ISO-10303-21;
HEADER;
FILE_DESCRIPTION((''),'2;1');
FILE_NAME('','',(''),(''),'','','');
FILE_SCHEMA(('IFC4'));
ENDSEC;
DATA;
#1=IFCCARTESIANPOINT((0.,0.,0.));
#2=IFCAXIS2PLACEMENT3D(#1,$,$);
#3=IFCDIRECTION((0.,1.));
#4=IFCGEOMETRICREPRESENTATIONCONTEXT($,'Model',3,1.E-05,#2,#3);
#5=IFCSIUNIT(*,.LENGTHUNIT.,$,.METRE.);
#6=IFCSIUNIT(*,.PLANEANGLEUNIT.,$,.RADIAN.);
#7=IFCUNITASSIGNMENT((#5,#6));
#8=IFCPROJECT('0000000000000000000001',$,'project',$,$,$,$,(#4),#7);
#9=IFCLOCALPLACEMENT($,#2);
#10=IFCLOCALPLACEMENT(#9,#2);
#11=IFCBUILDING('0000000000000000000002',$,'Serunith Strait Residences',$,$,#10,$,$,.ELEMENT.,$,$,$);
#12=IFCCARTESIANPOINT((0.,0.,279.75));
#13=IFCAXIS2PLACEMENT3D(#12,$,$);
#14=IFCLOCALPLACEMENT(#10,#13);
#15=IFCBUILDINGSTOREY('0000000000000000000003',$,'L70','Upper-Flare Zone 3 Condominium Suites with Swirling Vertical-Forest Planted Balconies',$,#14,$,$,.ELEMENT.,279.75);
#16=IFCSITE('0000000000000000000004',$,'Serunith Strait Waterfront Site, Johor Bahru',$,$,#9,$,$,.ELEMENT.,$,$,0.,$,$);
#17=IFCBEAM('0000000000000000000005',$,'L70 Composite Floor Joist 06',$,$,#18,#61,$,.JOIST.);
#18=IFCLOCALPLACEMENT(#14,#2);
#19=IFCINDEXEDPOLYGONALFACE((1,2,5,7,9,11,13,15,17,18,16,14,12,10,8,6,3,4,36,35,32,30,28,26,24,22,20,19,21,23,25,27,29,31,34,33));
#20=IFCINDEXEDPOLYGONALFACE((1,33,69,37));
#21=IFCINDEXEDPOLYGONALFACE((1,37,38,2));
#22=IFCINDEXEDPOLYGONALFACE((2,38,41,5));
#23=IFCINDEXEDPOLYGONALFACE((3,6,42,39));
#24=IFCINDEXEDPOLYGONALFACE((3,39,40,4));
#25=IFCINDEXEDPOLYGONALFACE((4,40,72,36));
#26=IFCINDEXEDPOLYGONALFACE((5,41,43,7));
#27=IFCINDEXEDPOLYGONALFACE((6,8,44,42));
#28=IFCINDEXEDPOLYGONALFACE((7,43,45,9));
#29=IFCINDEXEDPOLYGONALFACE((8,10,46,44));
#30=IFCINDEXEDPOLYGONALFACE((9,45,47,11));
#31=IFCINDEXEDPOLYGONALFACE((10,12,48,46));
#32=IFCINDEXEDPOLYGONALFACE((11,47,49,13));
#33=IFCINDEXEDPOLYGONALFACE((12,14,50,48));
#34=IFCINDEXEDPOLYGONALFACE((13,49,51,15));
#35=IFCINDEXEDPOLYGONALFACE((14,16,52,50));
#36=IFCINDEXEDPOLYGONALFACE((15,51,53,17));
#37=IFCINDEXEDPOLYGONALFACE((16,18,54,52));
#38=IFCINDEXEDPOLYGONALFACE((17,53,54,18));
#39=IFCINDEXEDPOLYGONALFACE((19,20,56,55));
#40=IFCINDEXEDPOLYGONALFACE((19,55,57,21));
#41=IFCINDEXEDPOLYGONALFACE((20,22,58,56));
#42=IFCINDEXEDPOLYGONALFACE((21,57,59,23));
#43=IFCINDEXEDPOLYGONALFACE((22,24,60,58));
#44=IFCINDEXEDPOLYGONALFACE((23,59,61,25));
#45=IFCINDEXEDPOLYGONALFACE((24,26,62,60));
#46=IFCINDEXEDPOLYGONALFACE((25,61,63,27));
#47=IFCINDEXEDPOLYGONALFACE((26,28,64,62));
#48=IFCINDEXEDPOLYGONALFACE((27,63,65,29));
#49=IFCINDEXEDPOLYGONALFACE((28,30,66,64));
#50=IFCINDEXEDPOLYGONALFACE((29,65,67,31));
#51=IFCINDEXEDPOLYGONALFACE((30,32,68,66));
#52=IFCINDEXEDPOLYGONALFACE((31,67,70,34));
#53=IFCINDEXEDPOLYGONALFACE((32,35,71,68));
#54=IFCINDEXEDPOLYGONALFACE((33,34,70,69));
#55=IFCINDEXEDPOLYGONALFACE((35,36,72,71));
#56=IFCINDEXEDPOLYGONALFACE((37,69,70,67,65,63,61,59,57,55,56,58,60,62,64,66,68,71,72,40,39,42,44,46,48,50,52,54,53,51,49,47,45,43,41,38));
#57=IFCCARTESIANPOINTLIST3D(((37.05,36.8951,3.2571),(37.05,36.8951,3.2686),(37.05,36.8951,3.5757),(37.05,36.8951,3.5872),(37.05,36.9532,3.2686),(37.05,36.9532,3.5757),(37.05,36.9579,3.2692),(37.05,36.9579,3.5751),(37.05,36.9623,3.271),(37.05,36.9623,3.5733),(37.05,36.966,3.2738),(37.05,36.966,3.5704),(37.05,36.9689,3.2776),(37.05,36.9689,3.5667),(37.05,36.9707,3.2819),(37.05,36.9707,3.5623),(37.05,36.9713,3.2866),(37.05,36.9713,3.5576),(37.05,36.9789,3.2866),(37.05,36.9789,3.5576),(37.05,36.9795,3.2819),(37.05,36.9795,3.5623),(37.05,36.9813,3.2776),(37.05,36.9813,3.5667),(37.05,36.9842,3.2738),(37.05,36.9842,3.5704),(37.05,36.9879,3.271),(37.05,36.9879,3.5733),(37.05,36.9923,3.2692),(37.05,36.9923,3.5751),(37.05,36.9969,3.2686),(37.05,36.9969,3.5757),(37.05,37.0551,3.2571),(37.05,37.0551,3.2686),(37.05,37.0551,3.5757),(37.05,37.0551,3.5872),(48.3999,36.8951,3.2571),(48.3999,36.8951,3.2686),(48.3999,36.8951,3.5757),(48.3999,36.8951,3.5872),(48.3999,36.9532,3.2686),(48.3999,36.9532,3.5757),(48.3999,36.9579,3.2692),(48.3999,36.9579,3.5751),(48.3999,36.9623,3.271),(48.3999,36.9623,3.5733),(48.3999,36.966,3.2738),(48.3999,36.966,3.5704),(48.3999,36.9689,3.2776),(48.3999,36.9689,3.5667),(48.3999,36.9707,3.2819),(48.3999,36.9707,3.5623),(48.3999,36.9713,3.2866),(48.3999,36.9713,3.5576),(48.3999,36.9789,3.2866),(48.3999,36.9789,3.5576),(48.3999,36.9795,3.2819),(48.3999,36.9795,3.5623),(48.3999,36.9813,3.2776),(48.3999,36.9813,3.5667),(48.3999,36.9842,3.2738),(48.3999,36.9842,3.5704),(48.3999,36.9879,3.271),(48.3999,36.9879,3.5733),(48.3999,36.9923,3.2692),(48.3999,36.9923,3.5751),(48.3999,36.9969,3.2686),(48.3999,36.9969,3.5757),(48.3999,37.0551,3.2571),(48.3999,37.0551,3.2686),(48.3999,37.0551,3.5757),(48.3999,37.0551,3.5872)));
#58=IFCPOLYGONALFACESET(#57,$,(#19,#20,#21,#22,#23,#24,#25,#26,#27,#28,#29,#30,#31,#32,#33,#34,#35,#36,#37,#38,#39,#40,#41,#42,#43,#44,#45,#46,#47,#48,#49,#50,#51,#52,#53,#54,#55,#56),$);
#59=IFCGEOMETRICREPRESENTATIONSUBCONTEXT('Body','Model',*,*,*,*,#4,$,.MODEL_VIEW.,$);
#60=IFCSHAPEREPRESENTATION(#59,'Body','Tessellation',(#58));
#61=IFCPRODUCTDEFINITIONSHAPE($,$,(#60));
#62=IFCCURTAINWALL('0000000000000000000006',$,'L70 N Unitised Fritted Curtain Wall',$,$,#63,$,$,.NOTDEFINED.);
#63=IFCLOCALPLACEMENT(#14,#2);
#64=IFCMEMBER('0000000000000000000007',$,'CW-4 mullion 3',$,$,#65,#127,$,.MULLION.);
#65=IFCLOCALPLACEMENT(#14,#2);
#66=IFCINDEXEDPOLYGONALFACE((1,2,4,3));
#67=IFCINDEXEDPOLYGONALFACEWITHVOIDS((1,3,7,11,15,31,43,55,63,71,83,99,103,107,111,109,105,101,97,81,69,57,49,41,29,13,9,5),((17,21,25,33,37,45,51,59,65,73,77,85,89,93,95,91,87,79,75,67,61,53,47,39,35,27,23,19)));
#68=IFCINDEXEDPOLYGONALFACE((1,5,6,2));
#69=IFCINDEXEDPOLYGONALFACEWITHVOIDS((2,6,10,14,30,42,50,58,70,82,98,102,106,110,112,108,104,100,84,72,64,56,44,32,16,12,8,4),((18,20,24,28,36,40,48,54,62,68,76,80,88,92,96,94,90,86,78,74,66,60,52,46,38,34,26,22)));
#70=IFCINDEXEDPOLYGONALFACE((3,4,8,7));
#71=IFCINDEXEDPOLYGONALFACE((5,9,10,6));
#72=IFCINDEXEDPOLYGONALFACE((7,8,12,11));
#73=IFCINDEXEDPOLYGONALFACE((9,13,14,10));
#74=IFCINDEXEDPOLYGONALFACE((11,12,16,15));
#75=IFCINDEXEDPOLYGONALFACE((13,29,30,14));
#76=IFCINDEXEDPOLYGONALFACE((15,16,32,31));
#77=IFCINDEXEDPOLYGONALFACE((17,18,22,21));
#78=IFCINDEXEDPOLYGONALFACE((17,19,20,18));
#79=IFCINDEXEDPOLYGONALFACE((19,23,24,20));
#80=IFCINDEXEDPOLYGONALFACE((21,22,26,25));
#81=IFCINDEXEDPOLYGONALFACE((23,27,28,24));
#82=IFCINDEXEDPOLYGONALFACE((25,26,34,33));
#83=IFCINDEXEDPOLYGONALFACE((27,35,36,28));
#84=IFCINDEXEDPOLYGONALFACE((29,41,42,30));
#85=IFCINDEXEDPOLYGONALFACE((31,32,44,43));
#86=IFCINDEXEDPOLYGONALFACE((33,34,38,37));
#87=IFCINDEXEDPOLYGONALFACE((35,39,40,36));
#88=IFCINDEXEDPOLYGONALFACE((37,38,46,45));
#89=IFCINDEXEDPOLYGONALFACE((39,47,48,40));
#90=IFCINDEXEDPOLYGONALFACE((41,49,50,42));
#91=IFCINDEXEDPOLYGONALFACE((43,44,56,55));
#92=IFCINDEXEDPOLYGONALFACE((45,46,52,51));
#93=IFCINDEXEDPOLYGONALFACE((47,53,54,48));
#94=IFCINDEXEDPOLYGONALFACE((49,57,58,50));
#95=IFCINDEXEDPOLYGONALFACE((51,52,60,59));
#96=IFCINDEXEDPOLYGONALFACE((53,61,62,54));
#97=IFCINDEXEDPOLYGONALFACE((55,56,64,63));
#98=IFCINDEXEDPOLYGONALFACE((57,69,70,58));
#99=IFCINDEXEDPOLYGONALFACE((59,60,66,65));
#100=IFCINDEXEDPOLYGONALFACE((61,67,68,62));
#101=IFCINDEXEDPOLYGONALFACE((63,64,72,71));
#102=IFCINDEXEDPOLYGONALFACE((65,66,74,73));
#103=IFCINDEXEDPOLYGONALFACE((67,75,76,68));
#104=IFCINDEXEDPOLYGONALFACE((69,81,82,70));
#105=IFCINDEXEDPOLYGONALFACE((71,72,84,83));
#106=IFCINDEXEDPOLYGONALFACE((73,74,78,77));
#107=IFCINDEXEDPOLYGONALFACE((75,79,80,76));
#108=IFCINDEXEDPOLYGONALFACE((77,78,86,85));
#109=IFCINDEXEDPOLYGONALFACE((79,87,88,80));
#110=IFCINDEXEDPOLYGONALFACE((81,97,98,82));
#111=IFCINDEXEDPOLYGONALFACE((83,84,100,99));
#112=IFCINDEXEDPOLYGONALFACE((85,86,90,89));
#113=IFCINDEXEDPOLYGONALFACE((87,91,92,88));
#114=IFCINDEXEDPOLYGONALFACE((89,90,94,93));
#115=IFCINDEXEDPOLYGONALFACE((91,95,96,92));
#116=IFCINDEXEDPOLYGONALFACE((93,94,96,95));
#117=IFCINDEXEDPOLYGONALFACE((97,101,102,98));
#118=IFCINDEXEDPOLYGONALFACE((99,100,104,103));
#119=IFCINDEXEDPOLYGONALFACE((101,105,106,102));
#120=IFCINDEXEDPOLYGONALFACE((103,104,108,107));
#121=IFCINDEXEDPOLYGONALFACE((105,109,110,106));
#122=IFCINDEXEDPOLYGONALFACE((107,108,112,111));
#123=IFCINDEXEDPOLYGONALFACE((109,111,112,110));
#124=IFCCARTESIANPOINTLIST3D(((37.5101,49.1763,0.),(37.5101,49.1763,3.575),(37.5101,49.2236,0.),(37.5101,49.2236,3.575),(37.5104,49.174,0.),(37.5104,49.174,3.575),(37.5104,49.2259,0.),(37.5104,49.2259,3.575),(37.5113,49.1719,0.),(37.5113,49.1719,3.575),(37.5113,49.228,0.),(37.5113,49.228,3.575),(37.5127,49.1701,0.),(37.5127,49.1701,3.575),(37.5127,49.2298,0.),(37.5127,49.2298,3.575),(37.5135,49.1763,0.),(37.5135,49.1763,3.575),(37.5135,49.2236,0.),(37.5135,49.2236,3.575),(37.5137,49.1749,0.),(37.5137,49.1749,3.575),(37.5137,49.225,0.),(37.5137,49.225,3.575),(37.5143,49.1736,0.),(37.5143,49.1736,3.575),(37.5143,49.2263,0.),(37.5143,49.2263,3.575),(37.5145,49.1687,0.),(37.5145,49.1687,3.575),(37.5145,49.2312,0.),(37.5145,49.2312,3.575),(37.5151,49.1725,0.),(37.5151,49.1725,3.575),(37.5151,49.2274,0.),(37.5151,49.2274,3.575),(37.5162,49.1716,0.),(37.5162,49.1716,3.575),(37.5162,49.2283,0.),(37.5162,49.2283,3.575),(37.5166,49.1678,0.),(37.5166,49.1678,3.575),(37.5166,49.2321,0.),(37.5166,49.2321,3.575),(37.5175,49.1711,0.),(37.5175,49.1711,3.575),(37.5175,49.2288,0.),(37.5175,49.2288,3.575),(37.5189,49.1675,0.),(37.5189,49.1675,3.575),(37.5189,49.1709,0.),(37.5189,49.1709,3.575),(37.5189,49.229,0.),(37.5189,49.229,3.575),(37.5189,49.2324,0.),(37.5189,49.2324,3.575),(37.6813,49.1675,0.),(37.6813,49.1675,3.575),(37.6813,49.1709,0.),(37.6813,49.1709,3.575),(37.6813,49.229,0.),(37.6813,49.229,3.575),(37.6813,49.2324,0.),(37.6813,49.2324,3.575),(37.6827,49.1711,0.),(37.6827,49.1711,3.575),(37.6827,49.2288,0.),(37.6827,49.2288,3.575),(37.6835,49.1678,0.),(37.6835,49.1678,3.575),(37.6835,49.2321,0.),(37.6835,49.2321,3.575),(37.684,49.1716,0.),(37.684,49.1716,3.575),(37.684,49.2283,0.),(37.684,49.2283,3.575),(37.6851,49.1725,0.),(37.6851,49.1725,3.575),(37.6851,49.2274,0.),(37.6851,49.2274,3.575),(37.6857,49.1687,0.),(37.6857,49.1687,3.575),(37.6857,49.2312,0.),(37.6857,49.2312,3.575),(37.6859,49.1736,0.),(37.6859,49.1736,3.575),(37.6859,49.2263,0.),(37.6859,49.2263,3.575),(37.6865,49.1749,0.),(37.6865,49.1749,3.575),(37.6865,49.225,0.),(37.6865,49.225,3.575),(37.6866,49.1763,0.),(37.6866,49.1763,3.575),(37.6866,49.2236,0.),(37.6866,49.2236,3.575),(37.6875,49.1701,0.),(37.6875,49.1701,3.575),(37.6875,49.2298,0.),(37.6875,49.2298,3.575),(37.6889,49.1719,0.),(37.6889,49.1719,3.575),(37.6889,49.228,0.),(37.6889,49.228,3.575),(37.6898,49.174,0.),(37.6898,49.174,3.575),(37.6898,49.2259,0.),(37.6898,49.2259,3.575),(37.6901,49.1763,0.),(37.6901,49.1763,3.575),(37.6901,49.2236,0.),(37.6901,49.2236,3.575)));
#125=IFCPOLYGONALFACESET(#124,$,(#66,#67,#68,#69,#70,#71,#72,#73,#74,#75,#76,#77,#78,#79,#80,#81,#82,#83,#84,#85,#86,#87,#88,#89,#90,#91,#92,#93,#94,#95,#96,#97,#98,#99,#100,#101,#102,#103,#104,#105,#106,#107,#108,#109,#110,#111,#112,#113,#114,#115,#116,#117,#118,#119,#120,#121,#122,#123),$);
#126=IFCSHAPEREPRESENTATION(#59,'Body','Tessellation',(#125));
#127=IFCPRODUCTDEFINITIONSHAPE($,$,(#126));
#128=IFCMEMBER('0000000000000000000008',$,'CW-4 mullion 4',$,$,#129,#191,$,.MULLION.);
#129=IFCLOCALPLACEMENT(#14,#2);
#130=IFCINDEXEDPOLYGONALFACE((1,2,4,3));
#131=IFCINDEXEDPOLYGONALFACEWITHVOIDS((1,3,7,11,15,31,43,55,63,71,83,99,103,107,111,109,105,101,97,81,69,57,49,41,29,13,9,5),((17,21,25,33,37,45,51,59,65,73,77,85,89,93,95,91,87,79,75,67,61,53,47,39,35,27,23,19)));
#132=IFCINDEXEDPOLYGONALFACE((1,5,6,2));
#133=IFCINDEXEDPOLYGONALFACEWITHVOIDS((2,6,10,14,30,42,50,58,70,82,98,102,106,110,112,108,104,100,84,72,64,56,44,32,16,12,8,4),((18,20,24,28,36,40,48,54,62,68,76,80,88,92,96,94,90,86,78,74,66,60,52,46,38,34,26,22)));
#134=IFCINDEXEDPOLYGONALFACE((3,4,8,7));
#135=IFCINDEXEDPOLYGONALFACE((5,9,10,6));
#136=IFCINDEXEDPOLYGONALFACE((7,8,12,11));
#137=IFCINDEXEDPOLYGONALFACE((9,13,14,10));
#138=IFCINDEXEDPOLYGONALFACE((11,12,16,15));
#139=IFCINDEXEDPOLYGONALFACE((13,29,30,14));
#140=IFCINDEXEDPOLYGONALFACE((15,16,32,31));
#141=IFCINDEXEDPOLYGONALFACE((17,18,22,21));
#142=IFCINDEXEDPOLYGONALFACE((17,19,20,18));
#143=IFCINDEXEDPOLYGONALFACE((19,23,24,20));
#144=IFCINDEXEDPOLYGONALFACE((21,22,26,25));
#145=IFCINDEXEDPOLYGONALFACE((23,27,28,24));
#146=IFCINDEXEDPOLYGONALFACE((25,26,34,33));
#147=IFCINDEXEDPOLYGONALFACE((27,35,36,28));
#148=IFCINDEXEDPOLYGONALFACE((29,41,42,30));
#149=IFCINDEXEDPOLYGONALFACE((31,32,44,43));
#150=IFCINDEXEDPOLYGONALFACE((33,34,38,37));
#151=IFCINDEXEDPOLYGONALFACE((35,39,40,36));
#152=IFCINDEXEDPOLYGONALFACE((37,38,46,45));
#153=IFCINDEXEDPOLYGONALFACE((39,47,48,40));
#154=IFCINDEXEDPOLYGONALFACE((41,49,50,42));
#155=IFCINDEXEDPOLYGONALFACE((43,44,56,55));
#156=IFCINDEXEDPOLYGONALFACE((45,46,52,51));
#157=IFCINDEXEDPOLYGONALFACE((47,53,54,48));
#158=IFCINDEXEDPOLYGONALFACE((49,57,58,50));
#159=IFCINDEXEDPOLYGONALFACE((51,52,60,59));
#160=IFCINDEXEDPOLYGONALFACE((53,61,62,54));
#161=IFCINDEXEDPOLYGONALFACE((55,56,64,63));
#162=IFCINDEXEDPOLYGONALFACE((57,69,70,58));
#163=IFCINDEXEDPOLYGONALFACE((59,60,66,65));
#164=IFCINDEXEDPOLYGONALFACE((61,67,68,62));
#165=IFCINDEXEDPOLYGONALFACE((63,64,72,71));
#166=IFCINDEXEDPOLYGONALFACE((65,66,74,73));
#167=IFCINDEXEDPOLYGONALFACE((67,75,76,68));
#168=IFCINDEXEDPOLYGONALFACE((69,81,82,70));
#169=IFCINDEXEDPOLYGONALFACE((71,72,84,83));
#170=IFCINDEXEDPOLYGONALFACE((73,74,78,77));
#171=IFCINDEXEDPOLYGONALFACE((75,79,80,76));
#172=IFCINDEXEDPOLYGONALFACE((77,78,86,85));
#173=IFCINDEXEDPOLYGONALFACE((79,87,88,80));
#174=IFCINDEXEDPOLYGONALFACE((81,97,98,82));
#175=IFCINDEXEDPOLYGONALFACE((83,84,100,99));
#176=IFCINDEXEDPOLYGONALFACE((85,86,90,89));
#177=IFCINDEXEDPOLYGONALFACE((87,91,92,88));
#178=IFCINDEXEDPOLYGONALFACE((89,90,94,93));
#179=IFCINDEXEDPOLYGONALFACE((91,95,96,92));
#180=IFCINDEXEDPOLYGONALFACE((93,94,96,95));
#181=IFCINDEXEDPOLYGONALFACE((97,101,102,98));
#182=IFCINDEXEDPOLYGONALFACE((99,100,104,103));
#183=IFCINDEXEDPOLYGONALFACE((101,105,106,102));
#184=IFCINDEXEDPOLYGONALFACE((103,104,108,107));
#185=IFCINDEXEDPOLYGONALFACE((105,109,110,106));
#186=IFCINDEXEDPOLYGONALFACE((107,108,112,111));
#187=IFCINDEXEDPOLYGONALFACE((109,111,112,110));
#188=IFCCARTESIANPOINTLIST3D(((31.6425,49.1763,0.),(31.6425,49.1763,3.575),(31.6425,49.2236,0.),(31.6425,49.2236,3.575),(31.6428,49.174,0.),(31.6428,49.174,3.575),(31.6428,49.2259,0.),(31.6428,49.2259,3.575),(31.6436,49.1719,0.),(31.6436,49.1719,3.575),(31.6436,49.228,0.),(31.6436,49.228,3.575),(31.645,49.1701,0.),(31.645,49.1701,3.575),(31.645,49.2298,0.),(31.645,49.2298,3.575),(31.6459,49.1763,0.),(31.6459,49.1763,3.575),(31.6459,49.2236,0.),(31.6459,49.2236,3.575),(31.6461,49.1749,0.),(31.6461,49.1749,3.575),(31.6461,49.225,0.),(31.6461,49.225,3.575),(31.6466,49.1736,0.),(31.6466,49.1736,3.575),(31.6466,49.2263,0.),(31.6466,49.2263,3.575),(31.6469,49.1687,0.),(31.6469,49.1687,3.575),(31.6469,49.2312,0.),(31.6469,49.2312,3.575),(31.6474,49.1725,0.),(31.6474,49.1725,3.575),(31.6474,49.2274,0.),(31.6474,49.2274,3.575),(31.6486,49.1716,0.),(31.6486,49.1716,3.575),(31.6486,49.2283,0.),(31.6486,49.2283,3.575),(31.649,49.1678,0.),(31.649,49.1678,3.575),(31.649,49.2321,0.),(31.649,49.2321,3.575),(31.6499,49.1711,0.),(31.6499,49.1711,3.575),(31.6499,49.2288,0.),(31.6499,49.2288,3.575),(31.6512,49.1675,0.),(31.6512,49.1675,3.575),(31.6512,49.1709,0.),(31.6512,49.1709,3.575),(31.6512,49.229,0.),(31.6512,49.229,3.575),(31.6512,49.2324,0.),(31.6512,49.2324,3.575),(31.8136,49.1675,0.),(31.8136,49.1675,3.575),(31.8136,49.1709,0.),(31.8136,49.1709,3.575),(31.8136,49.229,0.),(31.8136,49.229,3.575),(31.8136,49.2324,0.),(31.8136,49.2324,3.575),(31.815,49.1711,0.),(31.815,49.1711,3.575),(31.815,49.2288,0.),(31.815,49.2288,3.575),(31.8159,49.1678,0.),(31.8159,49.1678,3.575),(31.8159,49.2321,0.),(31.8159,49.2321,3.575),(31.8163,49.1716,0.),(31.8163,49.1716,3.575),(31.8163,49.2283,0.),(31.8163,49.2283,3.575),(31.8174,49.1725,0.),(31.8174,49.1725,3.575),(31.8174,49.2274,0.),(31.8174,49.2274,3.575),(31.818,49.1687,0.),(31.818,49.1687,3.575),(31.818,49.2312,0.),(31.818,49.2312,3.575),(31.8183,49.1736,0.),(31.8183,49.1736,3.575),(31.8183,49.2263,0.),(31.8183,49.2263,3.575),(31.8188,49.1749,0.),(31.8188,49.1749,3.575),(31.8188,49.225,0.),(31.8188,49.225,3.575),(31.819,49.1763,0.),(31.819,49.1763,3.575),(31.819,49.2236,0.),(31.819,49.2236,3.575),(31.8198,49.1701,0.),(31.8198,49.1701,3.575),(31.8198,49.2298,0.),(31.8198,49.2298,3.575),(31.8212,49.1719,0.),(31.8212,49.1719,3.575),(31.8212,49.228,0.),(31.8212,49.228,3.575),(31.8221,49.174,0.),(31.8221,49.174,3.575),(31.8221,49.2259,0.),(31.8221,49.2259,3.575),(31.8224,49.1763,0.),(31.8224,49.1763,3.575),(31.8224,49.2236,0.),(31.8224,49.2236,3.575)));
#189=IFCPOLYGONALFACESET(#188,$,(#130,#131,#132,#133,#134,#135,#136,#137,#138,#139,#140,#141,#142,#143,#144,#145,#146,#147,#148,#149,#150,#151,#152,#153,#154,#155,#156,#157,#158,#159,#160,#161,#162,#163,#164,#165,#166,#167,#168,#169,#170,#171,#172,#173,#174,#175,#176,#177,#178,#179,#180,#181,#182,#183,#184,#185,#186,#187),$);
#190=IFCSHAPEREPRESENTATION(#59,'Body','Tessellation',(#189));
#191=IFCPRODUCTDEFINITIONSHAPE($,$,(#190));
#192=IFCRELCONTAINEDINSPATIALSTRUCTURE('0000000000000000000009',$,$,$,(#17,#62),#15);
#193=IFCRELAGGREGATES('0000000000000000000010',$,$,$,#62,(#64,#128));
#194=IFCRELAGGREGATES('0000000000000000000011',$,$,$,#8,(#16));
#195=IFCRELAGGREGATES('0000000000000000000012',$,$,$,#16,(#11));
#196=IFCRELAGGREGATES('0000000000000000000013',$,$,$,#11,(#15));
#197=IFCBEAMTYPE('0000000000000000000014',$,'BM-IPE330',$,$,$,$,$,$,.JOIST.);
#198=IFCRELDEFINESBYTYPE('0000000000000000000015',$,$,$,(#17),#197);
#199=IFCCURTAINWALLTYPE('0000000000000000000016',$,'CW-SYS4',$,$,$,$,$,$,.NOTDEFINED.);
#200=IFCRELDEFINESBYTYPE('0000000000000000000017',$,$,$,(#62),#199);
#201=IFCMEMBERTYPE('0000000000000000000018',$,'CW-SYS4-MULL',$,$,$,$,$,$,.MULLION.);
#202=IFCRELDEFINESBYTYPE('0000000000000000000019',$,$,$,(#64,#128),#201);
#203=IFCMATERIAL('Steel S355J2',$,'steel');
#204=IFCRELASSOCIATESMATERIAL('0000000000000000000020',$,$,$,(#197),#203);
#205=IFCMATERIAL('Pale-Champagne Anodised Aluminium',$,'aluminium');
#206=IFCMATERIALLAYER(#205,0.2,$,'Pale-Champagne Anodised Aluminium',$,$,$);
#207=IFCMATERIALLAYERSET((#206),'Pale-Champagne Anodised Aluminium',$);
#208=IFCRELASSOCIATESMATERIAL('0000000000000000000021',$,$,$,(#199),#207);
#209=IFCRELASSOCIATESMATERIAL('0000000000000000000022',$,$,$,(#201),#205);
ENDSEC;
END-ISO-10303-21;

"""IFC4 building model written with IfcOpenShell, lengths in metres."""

from ifc_helpers import new_model, si_unit, direction, frame, origin, origin_2d, place, context, subcontext, project, spatial, hollow_rectangle, i_section, extrude, source, transform, mapped, material, layer, layer_set, material_profile, profile_set, type_object, element, aggregate, save


model = new_model("IFC4")

# Units and contexts
model_context = context("Model", 3, precision=1e-05, world=origin(), true_north=direction((0.0, 1.0)))
body_context = subcontext(model_context, "Body", "Model", "MODEL_VIEW")
ifc_project = project(units=[si_unit("LENGTHUNIT", "METRE"), si_unit("PLANEANGLEUNIT", "RADIAN")], contexts=[model_context])

# Site, building, storey
site_placement = place(None, origin())
site = spatial("IfcSite", under=ifc_project, at=site_placement, Name="Serunith Strait Waterfront Site, Johor Bahru", CompositionType="ELEMENT", RefElevation=0.0)
building_placement = place(site_placement, origin())
building = spatial("IfcBuilding", under=site, at=building_placement, Name="Serunith Strait Residences", CompositionType="ELEMENT")
storey_placement = place(building_placement, frame((0.0, 0.0, 279.75)))
storey = spatial("IfcBuildingStorey", under=building, at=storey_placement, Name="L70", Description="Upper-Flare Zone 3 Condominium Suites with Swirling Vertical-Forest Planted Balconies", CompositionType="ELEMENT", Elevation=279.75)

# Beam
ifc_material_1 = material(Name="Steel S355J2", Category="steel")
ifc_material_profile_1 = material_profile(ifc_material_1, i_section(OverallWidth=0.1599, OverallDepth=0.3301, WebThickness=0.0076, FlangeThickness=0.0115, FilletRadius=0.0181, at=origin_2d()), Name="IPE 330")
ifc_profile_set_1 = profile_set([ifc_material_profile_1], Name="Steel S355J2")
beam_type_1 = type_object("IfcBeamType", Name="BM-IPE330", PredefinedType="JOIST", material=ifc_profile_set_1)
shared_shape_1 = source(origin(), body_context, "Body", "SweptSolid", [
    extrude(i_section(OverallWidth=0.1599, OverallDepth=0.3301, WebThickness=0.0076, FlangeThickness=0.0115, FilletRadius=0.0181, at=origin_2d()), origin(), (0.0, 0.0, 1.0), 11.3499),
])
beam_1_placement = place(storey_placement, frame((37.05, 36.9751, 3.4221), z_axis=(1.0, 0.0, 0.0), x_axis=(0.0, 1.0, 0.0)))
element("IfcBeam", 1, at=beam_1_placement, inside=storey, type_object=beam_type_1, Name="L70 Composite Floor Joist 06", PredefinedType="JOIST", context=body_context, shape_type="MappedRepresentation", body=[
    mapped(shared_shape_1, transform((0.0, 0.0, 0.0), scale=1.0)),
])

# Curtain wall, members
ifc_material_2 = material(Name="Pale-Champagne Anodised Aluminium", Category="aluminium")
ifc_layer_1 = layer(ifc_material_2, 0.2, Name="Pale-Champagne Anodised Aluminium")
ifc_layer_set_1 = layer_set([ifc_layer_1], Name="Pale-Champagne Anodised Aluminium")
curtain_wall_type = type_object("IfcCurtainWallType", Name="CW-SYS4", PredefinedType="NOTDEFINED", material=ifc_layer_set_1)
curtain_wall_placement = place(storey_placement, origin())
curtain_wall = element("IfcCurtainWall", 2, at=curtain_wall_placement, inside=storey, type_object=curtain_wall_type, Name="L70 N Unitised Fritted Curtain Wall", PredefinedType="NOTDEFINED")
ifc_material_profile_2 = material_profile(ifc_material_2, hollow_rectangle(XDim=0.0649, YDim=0.1799, WallThickness=0.0034, InnerFilletRadius=0.0054, OuterFilletRadius=0.0088, at=origin_2d()), Name="ALU 180x65x3.5")
ifc_profile_set_2 = profile_set([ifc_material_profile_2], Name="Pale-Champagne Anodised Aluminium")
member_type_1 = type_object("IfcMemberType", Name="CW-SYS4-MULL", PredefinedType="MULLION", material=ifc_profile_set_2)
shared_shape_2 = source(origin(), body_context, "Body", "SweptSolid", [
    extrude(hollow_rectangle(XDim=0.0649, YDim=0.1799, WallThickness=0.0034, InnerFilletRadius=0.0054, OuterFilletRadius=0.0088, at=origin_2d()), origin(), (0.0, 0.0, 1.0), 3.575),
])
member_1_placement = place(storey_placement, frame((37.6001, 49.2, 0.0), z_axis=(0.0, 0.0, 1.0), x_axis=(0.0, -1.0, 0.0)))
member_1 = element("IfcMember", 3, at=member_1_placement, type_object=member_type_1, Name="CW-4 mullion 3", PredefinedType="MULLION", context=body_context, shape_type="MappedRepresentation", body=[
    mapped(shared_shape_2, transform((0.0, 0.0, 0.0), scale=1.0)),
])
member_2_placement = place(storey_placement, frame((31.7324, 49.2, 0.0), z_axis=(0.0, 0.0, 1.0), x_axis=(0.0, -1.0, 0.0)))
member_2 = element("IfcMember", 4, at=member_2_placement, type_object=member_type_1, Name="CW-4 mullion 4", PredefinedType="MULLION", context=body_context, shape_type="MappedRepresentation", body=[
    mapped(shared_shape_2, transform((0.0, 0.0, 0.0), scale=1.0)),
])
aggregate(curtain_wall, [member_1, member_2])

save(model, "model.ifc")
